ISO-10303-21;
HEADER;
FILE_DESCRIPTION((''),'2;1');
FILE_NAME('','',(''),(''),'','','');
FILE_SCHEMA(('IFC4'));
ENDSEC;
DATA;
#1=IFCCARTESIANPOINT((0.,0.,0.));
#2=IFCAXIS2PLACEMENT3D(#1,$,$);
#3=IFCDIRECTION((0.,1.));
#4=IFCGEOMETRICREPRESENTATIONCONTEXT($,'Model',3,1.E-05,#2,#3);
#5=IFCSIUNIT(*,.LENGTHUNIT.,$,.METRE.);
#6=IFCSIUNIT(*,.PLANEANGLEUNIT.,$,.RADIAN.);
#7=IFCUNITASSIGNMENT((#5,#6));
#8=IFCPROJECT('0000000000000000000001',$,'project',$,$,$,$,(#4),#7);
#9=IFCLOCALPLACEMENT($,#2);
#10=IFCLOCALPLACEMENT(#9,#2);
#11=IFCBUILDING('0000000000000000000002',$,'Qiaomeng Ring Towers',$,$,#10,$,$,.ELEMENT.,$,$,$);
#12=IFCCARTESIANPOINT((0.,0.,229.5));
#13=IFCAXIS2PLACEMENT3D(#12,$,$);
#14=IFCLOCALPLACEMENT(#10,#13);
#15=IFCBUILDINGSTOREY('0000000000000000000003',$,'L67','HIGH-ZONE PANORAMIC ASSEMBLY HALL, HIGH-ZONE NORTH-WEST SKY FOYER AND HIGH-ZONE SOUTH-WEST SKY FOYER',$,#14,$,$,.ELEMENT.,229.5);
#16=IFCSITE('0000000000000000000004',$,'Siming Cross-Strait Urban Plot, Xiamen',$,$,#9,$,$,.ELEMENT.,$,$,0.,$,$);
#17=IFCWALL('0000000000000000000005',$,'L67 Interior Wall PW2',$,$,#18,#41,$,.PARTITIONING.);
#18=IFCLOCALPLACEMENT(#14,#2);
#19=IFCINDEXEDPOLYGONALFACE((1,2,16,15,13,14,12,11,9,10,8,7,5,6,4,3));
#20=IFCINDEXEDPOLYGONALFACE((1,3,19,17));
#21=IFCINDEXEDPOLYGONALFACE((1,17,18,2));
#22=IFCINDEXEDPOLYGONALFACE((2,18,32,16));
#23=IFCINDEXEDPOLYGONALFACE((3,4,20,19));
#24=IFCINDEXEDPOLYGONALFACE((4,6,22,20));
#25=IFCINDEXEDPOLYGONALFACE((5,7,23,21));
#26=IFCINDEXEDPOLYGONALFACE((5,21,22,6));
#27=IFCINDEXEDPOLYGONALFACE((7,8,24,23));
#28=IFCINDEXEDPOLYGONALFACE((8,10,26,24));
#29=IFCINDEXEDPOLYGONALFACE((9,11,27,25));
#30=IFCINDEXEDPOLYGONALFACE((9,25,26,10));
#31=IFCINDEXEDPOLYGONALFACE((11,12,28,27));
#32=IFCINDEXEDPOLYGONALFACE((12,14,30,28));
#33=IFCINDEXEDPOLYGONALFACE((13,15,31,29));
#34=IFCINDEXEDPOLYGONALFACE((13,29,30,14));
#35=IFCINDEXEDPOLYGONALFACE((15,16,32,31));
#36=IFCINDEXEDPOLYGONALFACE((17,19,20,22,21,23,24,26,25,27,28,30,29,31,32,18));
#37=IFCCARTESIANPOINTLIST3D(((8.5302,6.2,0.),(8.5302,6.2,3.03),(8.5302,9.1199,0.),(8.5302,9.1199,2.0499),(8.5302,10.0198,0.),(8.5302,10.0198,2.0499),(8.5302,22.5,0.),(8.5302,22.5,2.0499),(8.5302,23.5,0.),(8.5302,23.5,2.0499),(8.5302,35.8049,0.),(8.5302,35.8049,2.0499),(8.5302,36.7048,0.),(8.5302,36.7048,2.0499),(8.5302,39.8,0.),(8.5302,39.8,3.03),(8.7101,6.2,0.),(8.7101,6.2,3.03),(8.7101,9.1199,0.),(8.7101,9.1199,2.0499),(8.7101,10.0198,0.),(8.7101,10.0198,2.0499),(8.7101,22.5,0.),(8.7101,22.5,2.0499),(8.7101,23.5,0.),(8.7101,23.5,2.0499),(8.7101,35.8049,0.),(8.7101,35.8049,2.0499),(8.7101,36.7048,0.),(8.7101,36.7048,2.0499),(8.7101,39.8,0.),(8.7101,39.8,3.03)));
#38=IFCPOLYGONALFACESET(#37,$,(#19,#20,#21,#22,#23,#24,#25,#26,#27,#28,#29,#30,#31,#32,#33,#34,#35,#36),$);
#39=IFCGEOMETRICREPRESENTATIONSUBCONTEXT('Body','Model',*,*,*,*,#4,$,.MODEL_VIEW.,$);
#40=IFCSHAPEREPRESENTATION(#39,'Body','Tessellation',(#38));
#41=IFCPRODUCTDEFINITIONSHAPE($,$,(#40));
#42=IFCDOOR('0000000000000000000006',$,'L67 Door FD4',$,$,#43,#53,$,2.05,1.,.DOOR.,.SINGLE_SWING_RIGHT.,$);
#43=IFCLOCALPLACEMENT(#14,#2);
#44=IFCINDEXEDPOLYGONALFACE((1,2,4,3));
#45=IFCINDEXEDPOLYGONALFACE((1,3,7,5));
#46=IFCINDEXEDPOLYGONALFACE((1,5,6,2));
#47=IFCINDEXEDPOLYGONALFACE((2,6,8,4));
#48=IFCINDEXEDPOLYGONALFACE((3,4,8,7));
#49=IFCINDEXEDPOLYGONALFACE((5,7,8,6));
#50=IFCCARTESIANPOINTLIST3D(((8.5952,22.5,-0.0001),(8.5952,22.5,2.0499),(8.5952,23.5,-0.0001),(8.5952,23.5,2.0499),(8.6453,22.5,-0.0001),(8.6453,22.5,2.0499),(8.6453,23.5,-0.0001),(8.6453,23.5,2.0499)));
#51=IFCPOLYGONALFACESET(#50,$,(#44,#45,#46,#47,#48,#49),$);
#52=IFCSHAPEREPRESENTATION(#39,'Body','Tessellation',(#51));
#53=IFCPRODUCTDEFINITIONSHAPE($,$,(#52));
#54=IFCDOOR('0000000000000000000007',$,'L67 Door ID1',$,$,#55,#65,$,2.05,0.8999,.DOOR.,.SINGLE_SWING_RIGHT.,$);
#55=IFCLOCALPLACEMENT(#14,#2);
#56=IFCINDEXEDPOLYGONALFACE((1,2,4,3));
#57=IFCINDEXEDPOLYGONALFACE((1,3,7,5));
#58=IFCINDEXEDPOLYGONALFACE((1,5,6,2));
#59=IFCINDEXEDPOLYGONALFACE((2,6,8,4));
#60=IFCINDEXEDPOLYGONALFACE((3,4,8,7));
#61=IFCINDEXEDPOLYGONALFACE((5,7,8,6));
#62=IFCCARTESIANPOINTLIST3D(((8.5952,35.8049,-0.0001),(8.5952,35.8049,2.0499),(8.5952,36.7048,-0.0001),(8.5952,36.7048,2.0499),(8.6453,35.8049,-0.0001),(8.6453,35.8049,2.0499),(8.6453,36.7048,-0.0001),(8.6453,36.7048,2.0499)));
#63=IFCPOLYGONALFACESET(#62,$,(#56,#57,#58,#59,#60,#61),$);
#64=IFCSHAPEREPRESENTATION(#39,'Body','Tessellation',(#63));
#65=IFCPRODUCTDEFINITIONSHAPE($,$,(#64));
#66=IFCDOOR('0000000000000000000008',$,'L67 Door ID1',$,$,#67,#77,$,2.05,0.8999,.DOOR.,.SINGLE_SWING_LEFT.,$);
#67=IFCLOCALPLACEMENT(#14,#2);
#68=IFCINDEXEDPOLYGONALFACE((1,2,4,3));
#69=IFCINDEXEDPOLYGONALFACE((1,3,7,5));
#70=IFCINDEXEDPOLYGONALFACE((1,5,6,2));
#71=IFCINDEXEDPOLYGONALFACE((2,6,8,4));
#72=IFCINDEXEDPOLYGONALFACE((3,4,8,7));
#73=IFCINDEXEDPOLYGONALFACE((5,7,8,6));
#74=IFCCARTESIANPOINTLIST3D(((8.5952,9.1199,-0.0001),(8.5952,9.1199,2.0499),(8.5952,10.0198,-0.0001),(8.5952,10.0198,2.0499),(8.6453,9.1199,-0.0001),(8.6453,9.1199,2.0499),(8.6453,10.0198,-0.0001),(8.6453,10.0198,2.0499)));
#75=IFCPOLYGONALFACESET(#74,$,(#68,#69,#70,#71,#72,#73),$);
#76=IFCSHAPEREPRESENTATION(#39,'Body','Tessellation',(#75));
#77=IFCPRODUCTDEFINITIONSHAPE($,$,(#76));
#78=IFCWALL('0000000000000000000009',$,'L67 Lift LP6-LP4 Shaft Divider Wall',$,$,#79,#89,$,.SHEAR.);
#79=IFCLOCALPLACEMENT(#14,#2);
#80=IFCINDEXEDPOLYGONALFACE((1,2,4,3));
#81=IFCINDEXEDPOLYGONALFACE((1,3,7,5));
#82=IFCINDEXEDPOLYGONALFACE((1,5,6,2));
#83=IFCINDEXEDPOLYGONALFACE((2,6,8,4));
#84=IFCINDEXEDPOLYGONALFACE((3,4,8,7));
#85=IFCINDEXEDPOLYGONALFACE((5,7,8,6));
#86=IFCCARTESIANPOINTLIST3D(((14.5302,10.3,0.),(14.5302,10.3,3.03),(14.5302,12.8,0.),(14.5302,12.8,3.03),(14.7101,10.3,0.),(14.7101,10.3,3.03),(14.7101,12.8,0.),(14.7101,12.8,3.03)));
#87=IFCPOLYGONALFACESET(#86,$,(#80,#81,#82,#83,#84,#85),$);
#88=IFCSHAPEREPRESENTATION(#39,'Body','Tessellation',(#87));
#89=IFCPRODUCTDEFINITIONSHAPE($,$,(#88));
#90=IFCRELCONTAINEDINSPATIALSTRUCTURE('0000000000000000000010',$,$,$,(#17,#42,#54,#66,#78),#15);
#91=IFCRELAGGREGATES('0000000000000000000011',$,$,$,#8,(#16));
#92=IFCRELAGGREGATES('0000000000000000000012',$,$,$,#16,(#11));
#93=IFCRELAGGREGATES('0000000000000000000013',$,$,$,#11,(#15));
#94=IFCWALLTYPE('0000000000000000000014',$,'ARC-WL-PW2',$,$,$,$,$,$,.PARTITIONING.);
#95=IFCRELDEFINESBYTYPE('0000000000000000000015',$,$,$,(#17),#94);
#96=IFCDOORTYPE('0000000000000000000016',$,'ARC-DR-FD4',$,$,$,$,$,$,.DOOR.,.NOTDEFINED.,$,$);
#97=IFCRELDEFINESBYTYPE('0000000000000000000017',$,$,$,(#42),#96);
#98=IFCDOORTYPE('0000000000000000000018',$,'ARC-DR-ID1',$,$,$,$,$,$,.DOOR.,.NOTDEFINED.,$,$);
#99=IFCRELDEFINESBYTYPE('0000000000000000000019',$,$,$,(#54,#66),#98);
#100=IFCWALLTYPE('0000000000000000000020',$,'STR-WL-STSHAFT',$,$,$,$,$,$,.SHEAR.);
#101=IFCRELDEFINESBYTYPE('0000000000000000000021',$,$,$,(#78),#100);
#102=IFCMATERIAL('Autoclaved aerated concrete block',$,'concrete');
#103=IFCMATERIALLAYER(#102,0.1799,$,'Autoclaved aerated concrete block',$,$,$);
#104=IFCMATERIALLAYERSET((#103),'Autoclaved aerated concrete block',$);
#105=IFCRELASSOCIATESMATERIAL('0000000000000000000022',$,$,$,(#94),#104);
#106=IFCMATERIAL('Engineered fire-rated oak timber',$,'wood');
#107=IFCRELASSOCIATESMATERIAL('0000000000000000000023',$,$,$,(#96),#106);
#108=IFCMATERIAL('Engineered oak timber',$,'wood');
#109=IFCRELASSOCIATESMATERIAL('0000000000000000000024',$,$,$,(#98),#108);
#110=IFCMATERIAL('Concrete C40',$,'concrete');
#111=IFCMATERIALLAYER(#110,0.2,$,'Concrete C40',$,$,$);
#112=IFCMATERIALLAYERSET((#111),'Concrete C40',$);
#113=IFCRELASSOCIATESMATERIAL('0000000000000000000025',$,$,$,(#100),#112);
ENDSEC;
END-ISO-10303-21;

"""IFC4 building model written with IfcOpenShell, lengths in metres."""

from ifc_helpers import new_model, si_unit, direction, frame, frame_2d, origin, place, context, subcontext, project, spatial, rectangle, extrude, source, transform, mapped, material, layer, layer_set, type_object, element, fill, save


model = new_model("IFC4")

# Units and contexts
model_context = context("Model", 3, precision=1e-05, world=origin(), true_north=direction((0.0, 1.0)))
body_context = subcontext(model_context, "Body", "Model", "MODEL_VIEW")
ifc_project = project(units=[si_unit("LENGTHUNIT", "METRE"), si_unit("PLANEANGLEUNIT", "RADIAN")], contexts=[model_context])

# Site, building, storey
site_placement = place(None, origin())
site = spatial("IfcSite", under=ifc_project, at=site_placement, Name="Siming Cross-Strait Urban Plot, Xiamen", CompositionType="ELEMENT", RefElevation=0.0)
building_placement = place(site_placement, origin())
building = spatial("IfcBuilding", under=site, at=building_placement, Name="Qiaomeng Ring Towers", CompositionType="ELEMENT")
storey_placement = place(building_placement, frame((0.0, 0.0, 229.5)))
storey = spatial("IfcBuildingStorey", under=building, at=storey_placement, Name="L67", Description="HIGH-ZONE PANORAMIC ASSEMBLY HALL, HIGH-ZONE NORTH-WEST SKY FOYER AND HIGH-ZONE SOUTH-WEST SKY FOYER", CompositionType="ELEMENT", Elevation=229.5)

# Shared definitions
ifc_material_1 = material(Name="Autoclaved aerated concrete block", Category="concrete")

# Wall, openings, doors
ifc_layer_1 = layer(ifc_material_1, 0.1799, Name="Autoclaved aerated concrete block")
ifc_layer_set_1 = layer_set([ifc_layer_1], Name="Autoclaved aerated concrete block")
wall_type_1 = type_object("IfcWallType", Name="ARC-WL-PW2", PredefinedType="PARTITIONING", material=ifc_layer_set_1)
wall_1_placement = place(storey_placement, frame((8.6201, 6.2, 0.0), z_axis=(0.0, 0.0, 1.0), x_axis=(0.0, 1.0, 0.0)))
wall_1 = element("IfcWall", 1, at=wall_1_placement, inside=storey, type_object=wall_type_1, Name="L67 Interior Wall PW2", PredefinedType="PARTITIONING", context=body_context, shape_type="SweptSolid", body=[
    extrude(rectangle(XDim=33.6001, YDim=0.1799, at=frame_2d((16.8, 0.0))), origin(), (0.0, 0.0, 1.0), 3.03),
])
opening_1_placement = place(wall_1_placement, frame((29.605, 0.0, 0.0)))
opening_1 = element("IfcOpeningElement", 2, at=opening_1_placement, cuts=wall_1, PredefinedType="OPENING", context=body_context, shape_type="SweptSolid", body=[
    extrude(rectangle(XDim=0.8999, YDim=2.05, at=frame_2d((0.45, 1.0249))), frame((0.0, 0.0999, 0.0), z_axis=(0.0, -1.0, 0.0), x_axis=(1.0, 0.0, 0.0)), (0.0, 0.0, 1.0), 0.2),
])
opening_2_placement = place(wall_1_placement, frame((2.9199, 0.0, 0.0)))
opening_2 = element("IfcOpeningElement", 3, at=opening_2_placement, cuts=wall_1, PredefinedType="OPENING", context=body_context, shape_type="SweptSolid", body=[
    extrude(rectangle(XDim=0.8999, YDim=2.05, at=frame_2d((0.45, 1.0249))), frame((0.0, 0.0999, 0.0), z_axis=(0.0, -1.0, 0.0), x_axis=(1.0, 0.0, 0.0)), (0.0, 0.0, 1.0), 0.2),
])
opening_3_placement = place(wall_1_placement, frame((16.3, 0.0, 0.0)))
opening_3 = element("IfcOpeningElement", 4, at=opening_3_placement, cuts=wall_1, PredefinedType="OPENING", context=body_context, shape_type="SweptSolid", body=[
    extrude(rectangle(XDim=1.0, YDim=2.05, at=frame_2d((0.5, 1.0249))), frame((0.0, 0.0999, 0.0), z_axis=(0.0, -1.0, 0.0), x_axis=(1.0, 0.0, 0.0)), (0.0, 0.0, 1.0), 0.2),
])
ifc_material_2 = material(Name="Engineered fire-rated oak timber", Category="wood")
door_type_1 = type_object("IfcDoorType", Name="ARC-DR-FD4", OperationType="NOTDEFINED", PredefinedType="DOOR", material=ifc_material_2)
shared_shape_1 = source(origin(), body_context, "Body", "SweptSolid", [
    extrude(rectangle(XDim=1.0, YDim=2.05, at=frame_2d((0.5, 1.0249))), frame((0.0, 0.0249, 0.0), z_axis=(0.0, -1.0, 0.0), x_axis=(1.0, 0.0, 0.0)), (0.0, 0.0, 1.0), 0.05),
])
door_1_placement = place(opening_3_placement, origin())
door_1 = element("IfcDoor", 5, at=door_1_placement, inside=storey, type_object=door_type_1, Name="L67 Door FD4", OperationType="SINGLE_SWING_RIGHT", OverallHeight=2.05, OverallWidth=1.0, PredefinedType="DOOR", context=body_context, shape_type="MappedRepresentation", body=[
    mapped(shared_shape_1, transform((0.0, 0.0, 0.0), x_axis=(1.0, 0.0, 0.0), y_axis=(0.0, 1.0, 0.0), z_axis=(0.0, 0.0, 1.0), scale=1.0)),
])
fill(opening_3, door_1)
ifc_material_3 = material(Name="Engineered oak timber", Category="wood")
door_type_2 = type_object("IfcDoorType", Name="ARC-DR-ID1", OperationType="NOTDEFINED", PredefinedType="DOOR", material=ifc_material_3)
shared_shape_2 = source(origin(), body_context, "Body", "SweptSolid", [
    extrude(rectangle(XDim=0.8999, YDim=2.05, at=frame_2d((0.45, 1.0249))), frame((0.0, 0.0249, 0.0), z_axis=(0.0, -1.0, 0.0), x_axis=(1.0, 0.0, 0.0)), (0.0, 0.0, 1.0), 0.05),
])
door_2_placement = place(opening_1_placement, origin())
door_2 = element("IfcDoor", 6, at=door_2_placement, inside=storey, type_object=door_type_2, Name="L67 Door ID1", OperationType="SINGLE_SWING_RIGHT", OverallHeight=2.05, OverallWidth=0.8999, PredefinedType="DOOR", context=body_context, shape_type="MappedRepresentation", body=[
    mapped(shared_shape_2, transform((0.0, 0.0, 0.0), x_axis=(1.0, 0.0, 0.0), y_axis=(0.0, 1.0, 0.0), z_axis=(0.0, 0.0, 1.0), scale=1.0)),
])
fill(opening_1, door_2)
door_3_placement = place(opening_2_placement, origin())
door_3 = element("IfcDoor", 7, at=door_3_placement, inside=storey, type_object=door_type_2, Name="L67 Door ID1", OperationType="SINGLE_SWING_LEFT", OverallHeight=2.05, OverallWidth=0.8999, PredefinedType="DOOR", context=body_context, shape_type="MappedRepresentation", body=[
    mapped(shared_shape_2, transform((0.0, 0.0, 0.0), x_axis=(1.0, 0.0, 0.0), y_axis=(0.0, 1.0, 0.0), z_axis=(0.0, 0.0, 1.0), scale=1.0)),
])
fill(opening_2, door_3)

# Wall
ifc_material_4 = material(Name="Concrete C40", Category="concrete")
ifc_layer_2 = layer(ifc_material_4, 0.2, Name="Concrete C40")
ifc_layer_set_2 = layer_set([ifc_layer_2], Name="Concrete C40")
wall_type_2 = type_object("IfcWallType", Name="STR-WL-STSHAFT", PredefinedType="SHEAR", material=ifc_layer_set_2)
wall_2_placement = place(storey_placement, frame((14.6201, 10.3, 0.0), z_axis=(0.0, 0.0, 1.0), x_axis=(0.0, 1.0, 0.0)))
element("IfcWall", 8, at=wall_2_placement, inside=storey, type_object=wall_type_2, Name="L67 Lift LP6-LP4 Shaft Divider Wall", PredefinedType="SHEAR", context=body_context, shape_type="SweptSolid", body=[
    extrude(rectangle(XDim=2.5, YDim=0.1799, at=frame_2d((1.25, 0.0))), origin(), (0.0, 0.0, 1.0), 3.03),
])

save(model, "model.ifc")
